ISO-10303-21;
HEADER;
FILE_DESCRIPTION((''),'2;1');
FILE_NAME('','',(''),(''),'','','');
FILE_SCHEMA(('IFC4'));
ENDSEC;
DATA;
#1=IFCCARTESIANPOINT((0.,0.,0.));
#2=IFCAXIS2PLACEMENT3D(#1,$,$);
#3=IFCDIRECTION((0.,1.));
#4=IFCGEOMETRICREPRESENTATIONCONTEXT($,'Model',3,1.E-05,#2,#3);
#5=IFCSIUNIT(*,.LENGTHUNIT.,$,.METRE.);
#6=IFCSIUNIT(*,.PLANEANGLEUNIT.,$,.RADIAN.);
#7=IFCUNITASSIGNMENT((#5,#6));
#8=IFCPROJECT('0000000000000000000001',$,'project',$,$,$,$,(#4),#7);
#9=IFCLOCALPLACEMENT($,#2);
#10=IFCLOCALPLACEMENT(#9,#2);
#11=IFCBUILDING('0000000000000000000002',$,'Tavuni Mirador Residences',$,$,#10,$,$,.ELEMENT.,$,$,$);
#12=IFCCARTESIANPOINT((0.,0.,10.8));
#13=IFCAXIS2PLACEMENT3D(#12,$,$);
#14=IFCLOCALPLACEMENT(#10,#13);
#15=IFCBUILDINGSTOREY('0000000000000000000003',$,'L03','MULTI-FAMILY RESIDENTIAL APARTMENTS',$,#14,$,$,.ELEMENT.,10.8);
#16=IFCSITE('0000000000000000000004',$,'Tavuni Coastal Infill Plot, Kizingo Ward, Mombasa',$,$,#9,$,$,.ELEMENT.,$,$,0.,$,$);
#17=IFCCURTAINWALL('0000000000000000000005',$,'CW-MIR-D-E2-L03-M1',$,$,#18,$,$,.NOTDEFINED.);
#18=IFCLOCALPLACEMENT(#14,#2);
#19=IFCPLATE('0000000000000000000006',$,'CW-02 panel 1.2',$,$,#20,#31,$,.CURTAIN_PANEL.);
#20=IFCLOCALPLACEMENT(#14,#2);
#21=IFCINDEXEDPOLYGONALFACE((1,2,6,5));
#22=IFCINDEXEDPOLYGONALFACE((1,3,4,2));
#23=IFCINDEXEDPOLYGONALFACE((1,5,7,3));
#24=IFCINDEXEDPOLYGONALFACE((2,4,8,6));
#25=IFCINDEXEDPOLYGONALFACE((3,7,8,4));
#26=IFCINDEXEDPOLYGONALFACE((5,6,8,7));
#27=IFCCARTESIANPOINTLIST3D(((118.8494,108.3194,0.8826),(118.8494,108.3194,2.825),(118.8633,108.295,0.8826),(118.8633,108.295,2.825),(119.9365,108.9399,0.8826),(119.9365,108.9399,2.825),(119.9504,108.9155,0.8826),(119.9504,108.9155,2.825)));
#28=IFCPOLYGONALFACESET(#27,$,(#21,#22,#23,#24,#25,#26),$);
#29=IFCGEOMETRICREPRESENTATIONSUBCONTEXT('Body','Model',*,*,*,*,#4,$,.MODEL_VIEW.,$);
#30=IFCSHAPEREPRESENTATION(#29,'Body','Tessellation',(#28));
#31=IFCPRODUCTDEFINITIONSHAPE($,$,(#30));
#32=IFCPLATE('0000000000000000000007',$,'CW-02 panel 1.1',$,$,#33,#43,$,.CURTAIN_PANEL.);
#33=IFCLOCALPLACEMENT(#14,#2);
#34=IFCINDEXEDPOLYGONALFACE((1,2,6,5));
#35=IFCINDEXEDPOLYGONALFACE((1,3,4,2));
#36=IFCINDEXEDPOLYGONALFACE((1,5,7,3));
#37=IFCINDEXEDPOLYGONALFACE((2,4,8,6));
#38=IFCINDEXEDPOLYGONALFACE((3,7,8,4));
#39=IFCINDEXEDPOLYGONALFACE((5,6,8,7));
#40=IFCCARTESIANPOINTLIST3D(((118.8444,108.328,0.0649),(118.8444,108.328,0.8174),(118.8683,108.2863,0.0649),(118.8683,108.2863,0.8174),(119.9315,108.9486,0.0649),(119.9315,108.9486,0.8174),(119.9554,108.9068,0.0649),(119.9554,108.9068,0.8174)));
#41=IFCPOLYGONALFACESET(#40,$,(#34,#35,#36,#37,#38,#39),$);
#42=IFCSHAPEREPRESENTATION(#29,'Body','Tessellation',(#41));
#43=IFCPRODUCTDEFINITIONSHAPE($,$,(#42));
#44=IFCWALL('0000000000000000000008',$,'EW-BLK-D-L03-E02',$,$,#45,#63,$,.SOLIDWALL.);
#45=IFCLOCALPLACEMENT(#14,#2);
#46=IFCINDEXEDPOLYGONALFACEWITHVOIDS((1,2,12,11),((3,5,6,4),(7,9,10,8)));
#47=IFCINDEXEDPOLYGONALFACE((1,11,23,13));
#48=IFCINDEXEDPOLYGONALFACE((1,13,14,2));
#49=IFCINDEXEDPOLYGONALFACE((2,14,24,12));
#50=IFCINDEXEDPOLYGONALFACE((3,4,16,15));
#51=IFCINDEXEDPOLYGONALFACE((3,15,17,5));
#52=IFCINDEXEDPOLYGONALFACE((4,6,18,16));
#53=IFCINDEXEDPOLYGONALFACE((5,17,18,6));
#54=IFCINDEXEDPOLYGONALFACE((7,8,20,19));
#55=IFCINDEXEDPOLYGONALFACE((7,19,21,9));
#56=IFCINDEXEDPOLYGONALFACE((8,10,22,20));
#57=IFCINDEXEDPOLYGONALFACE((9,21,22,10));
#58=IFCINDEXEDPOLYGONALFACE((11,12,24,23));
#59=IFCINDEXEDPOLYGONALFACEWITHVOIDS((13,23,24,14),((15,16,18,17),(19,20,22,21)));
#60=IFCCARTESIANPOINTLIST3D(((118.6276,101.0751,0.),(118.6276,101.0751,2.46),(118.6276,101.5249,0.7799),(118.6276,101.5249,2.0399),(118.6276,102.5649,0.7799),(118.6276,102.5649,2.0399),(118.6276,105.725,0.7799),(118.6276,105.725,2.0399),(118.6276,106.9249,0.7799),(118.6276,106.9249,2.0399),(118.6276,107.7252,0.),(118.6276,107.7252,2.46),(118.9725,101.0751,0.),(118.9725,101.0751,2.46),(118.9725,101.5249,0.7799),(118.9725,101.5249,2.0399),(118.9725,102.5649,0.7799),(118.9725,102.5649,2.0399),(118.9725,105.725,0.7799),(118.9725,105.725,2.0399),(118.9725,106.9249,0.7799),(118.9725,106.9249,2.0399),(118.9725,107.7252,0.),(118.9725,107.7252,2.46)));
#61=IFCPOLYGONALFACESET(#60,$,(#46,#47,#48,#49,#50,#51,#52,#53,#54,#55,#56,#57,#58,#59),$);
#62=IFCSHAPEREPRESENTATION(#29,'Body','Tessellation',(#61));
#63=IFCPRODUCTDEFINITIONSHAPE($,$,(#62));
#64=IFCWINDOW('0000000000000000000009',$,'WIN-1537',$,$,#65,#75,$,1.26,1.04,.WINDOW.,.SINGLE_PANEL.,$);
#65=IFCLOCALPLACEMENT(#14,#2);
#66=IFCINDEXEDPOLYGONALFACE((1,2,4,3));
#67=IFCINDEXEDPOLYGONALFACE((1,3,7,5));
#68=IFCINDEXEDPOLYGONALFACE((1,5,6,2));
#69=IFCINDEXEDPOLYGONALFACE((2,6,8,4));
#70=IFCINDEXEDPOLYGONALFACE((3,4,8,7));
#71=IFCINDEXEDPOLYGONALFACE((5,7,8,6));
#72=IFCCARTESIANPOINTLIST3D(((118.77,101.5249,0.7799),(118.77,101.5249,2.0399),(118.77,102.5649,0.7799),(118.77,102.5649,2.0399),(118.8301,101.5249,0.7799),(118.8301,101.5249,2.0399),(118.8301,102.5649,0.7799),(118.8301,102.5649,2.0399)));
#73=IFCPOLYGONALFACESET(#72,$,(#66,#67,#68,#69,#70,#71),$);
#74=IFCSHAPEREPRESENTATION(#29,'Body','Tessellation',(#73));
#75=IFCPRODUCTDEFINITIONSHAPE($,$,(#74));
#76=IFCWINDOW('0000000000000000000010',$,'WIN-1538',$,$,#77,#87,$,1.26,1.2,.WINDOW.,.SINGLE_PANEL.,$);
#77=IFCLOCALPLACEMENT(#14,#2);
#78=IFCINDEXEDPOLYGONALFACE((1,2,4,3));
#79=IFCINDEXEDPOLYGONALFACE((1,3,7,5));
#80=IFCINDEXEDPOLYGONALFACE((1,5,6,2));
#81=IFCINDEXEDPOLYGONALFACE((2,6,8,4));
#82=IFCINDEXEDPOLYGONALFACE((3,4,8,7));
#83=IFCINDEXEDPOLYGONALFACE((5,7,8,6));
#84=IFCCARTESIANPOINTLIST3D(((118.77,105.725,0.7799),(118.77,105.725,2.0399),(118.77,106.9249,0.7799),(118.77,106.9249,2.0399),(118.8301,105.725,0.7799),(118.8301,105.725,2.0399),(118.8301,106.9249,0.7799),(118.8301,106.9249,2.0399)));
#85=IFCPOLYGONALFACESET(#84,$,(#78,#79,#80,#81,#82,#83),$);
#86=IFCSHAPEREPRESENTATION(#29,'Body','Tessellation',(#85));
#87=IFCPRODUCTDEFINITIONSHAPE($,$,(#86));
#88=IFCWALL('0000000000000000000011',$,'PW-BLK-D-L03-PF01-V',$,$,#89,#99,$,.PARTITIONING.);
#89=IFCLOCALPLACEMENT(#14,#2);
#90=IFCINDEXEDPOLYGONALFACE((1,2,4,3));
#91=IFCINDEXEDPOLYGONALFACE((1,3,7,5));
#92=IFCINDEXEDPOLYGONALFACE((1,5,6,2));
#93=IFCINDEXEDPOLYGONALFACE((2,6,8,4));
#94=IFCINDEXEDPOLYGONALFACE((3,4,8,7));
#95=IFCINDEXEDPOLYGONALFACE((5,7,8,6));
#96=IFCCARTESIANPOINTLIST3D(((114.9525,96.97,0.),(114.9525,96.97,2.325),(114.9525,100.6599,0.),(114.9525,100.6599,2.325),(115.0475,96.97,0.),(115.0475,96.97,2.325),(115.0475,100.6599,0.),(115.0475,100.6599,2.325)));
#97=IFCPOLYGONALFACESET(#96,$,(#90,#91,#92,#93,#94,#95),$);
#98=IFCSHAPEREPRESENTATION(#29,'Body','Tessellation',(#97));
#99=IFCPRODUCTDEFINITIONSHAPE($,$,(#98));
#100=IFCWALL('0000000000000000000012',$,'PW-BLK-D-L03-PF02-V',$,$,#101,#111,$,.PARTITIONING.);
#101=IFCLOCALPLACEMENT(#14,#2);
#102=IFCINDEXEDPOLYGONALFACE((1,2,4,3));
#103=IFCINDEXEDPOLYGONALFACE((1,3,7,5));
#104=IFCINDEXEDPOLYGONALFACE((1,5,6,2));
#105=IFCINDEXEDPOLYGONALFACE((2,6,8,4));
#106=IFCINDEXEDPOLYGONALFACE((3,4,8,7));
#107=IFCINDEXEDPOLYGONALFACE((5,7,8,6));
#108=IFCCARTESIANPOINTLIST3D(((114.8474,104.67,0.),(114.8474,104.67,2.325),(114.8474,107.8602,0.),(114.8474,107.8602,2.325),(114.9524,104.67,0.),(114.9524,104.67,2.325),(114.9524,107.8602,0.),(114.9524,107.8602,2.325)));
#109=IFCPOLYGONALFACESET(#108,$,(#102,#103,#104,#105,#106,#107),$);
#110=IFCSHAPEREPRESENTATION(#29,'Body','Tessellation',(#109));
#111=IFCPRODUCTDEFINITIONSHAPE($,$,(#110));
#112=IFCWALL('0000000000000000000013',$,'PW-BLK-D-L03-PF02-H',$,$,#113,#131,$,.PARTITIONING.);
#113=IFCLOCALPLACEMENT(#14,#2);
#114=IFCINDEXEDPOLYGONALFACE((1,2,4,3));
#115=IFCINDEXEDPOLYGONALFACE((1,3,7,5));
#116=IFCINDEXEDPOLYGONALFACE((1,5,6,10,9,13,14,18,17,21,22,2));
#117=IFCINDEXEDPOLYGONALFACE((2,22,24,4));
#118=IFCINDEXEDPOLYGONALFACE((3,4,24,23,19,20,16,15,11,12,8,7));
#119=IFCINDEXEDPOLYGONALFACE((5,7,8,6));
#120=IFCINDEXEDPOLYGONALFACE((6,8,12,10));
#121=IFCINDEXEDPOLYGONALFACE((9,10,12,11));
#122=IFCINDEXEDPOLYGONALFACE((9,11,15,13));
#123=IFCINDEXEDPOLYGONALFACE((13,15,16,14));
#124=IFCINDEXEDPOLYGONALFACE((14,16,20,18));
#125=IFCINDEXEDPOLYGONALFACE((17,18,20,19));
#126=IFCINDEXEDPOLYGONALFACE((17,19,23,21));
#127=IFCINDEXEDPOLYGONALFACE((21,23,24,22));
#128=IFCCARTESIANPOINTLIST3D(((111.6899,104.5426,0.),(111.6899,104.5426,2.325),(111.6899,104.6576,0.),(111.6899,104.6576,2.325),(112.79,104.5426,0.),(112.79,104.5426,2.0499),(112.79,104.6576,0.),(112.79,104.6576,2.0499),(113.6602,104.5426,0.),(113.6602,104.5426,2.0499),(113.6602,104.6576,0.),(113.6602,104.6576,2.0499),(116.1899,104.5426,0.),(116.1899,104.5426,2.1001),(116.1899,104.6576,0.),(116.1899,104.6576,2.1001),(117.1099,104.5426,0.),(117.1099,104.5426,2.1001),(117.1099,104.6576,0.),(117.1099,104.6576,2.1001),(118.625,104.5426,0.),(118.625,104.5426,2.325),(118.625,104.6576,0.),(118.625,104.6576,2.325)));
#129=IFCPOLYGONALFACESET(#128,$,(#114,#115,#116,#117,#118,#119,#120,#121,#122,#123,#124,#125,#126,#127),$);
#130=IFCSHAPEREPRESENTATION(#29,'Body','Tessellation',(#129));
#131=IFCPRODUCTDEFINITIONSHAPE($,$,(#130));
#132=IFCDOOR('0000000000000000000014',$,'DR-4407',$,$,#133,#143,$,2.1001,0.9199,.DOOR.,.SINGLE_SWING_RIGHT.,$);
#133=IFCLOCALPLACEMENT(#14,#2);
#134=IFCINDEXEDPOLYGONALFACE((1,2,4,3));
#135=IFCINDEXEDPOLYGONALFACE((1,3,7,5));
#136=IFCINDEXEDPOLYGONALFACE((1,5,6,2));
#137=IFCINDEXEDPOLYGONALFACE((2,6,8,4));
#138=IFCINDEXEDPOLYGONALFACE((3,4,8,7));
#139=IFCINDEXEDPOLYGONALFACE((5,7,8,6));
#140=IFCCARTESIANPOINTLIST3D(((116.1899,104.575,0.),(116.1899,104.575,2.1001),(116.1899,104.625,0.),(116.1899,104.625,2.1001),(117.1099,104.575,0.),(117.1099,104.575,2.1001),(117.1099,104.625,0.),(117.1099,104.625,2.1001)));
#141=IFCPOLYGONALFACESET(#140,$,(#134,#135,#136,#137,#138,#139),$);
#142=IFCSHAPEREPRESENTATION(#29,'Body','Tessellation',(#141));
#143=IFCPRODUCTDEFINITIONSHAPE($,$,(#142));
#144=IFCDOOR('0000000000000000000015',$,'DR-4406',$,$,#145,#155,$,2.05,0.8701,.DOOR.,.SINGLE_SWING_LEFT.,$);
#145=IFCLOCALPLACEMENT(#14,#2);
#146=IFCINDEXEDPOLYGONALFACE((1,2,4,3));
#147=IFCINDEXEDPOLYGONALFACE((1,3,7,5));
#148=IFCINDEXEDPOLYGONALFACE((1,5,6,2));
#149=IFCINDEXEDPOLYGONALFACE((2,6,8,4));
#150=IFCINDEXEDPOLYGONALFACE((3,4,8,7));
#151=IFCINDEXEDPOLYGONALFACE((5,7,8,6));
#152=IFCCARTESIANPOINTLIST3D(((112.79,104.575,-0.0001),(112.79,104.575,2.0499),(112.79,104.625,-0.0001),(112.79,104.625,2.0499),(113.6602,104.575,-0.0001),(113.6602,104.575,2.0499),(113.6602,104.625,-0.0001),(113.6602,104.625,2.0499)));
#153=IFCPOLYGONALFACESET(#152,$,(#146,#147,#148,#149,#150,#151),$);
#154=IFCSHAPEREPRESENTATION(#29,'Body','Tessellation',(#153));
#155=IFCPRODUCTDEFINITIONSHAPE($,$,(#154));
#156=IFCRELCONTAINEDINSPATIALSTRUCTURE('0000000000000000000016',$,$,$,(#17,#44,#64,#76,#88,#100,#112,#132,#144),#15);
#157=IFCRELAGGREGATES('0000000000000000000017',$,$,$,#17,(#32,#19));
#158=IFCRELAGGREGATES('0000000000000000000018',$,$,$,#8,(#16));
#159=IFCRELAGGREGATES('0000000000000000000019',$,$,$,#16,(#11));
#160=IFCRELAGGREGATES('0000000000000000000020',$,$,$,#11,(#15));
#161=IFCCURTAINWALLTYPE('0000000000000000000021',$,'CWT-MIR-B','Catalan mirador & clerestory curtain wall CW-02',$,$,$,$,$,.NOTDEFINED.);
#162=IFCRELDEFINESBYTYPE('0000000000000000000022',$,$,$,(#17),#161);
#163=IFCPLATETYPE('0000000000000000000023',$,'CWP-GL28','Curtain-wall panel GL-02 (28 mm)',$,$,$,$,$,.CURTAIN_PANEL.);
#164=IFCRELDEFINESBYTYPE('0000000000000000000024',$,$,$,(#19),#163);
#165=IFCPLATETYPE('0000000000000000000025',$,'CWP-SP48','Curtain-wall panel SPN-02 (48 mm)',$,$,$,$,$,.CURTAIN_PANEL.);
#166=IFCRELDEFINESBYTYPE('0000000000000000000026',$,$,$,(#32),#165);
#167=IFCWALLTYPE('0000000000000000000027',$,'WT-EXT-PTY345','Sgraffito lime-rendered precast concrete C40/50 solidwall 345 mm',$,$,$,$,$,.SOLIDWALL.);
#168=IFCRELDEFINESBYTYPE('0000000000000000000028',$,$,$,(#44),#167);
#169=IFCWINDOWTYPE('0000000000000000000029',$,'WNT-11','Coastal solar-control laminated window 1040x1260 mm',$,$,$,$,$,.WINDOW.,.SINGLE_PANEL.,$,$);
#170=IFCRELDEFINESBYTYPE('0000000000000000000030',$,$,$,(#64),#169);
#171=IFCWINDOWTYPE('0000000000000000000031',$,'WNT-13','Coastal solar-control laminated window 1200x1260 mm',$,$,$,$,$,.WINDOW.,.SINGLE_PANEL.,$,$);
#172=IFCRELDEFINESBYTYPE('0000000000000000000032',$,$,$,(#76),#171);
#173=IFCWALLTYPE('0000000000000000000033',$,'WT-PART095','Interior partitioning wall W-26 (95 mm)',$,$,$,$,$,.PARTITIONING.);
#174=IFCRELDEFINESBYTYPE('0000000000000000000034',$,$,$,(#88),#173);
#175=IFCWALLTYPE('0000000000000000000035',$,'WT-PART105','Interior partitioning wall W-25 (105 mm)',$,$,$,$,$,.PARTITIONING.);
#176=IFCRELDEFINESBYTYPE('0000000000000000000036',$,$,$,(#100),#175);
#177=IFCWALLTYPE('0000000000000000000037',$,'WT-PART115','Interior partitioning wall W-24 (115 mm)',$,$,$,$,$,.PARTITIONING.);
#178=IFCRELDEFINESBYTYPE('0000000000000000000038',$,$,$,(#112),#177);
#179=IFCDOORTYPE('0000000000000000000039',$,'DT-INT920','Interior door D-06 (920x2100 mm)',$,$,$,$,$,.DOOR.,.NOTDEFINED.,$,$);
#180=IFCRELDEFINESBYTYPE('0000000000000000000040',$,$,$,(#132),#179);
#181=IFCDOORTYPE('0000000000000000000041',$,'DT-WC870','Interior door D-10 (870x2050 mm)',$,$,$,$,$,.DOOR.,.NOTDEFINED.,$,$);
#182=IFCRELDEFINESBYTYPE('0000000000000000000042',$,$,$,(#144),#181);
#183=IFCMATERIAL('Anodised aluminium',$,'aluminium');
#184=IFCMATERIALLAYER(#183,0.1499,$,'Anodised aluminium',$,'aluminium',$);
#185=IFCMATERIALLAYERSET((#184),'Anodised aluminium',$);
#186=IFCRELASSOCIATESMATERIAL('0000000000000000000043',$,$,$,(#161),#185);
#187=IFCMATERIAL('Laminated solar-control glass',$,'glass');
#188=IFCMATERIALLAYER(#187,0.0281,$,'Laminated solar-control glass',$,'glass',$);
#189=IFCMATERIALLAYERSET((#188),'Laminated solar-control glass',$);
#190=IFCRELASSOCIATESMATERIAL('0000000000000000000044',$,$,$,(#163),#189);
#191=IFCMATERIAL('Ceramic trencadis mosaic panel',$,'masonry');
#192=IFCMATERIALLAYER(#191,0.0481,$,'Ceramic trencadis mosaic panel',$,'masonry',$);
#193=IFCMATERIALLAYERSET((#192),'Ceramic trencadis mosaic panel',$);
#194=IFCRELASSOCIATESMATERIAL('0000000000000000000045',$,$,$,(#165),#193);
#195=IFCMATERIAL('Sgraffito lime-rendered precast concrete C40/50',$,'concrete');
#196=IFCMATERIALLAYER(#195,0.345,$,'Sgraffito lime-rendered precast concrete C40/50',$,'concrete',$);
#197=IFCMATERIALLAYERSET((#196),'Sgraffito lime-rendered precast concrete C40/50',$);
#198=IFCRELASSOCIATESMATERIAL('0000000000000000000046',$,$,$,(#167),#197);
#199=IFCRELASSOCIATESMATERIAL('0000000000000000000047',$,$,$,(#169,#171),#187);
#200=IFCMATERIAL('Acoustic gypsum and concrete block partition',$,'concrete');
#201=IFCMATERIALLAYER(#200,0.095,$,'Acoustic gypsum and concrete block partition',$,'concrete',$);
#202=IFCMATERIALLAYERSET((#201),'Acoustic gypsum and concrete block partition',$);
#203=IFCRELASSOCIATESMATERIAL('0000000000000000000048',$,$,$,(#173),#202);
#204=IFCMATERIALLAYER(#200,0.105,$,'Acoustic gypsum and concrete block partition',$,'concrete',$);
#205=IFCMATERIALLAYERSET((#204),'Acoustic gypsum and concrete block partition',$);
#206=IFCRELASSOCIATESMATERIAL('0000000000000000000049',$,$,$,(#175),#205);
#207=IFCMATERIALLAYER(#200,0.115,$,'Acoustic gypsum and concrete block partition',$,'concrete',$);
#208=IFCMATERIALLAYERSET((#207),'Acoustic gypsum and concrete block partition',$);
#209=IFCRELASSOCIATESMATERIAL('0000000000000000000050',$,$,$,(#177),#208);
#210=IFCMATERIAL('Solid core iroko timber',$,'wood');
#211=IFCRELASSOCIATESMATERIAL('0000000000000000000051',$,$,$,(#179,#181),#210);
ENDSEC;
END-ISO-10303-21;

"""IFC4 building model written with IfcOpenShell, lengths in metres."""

from ifc_helpers import new_model, si_unit, direction, frame, frame_2d, origin, origin_2d, place, context, subcontext, project, spatial, rectangle, extrude, material, layer, layer_set, type_object, element, fill, aggregate, save


model = new_model("IFC4")

# Units and contexts
model_context = context("Model", 3, precision=1e-05, world=origin(), true_north=direction((0.0, 1.0)))
body_context = subcontext(model_context, "Body", "Model", "MODEL_VIEW")
ifc_project = project(units=[si_unit("LENGTHUNIT", "METRE"), si_unit("PLANEANGLEUNIT", "RADIAN")], contexts=[model_context])

# Site, building, storey
site_placement = place(None, origin())
site = spatial("IfcSite", under=ifc_project, at=site_placement, Name="Tavuni Coastal Infill Plot, Kizingo Ward, Mombasa", CompositionType="ELEMENT", RefElevation=0.0)
building_placement = place(site_placement, origin())
building = spatial("IfcBuilding", under=site, at=building_placement, Name="Tavuni Mirador Residences", CompositionType="ELEMENT")
storey_placement = place(building_placement, frame((0.0, 0.0, 10.8)))
storey = spatial("IfcBuildingStorey", under=building, at=storey_placement, Name="L03", Description="MULTI-FAMILY RESIDENTIAL APARTMENTS", CompositionType="ELEMENT", Elevation=10.8)

# Curtain wall
ifc_material_1 = material(Name="Anodised aluminium", Category="aluminium")
ifc_layer_1 = layer(ifc_material_1, 0.1499, Name="Anodised aluminium", Category="aluminium")
ifc_layer_set_1 = layer_set([ifc_layer_1], Name="Anodised aluminium")
curtain_wall_type = type_object("IfcCurtainWallType", Name="CWT-MIR-B", Description="Catalan mirador & clerestory curtain wall CW-02", PredefinedType="NOTDEFINED", material=ifc_layer_set_1)
curtain_wall_placement = place(storey_placement, origin())
curtain_wall = element("IfcCurtainWall", 1, at=curtain_wall_placement, inside=storey, type_object=curtain_wall_type, Name="CW-MIR-D-E2-L03-M1", PredefinedType="NOTDEFINED")

# Plates
ifc_material_2 = material(Name="Laminated solar-control glass", Category="glass")
ifc_layer_2 = layer(ifc_material_2, 0.0281, Name="Laminated solar-control glass", Category="glass")
ifc_layer_set_2 = layer_set([ifc_layer_2], Name="Laminated solar-control glass")
plate_type_1 = type_object("IfcPlateType", Name="CWP-GL28", Description="Curtain-wall panel GL-02 (28 mm)", PredefinedType="CURTAIN_PANEL", material=ifc_layer_set_2)
plate_1_placement = place(storey_placement, frame((119.3999, 108.6174, 0.8826), z_axis=(0.0, 0.0, 1.0), x_axis=(0.868466, 0.495749, 0.0)))
plate_1 = element("IfcPlate", 2, at=plate_1_placement, type_object=plate_type_1, Name="CW-02 panel 1.2", PredefinedType="CURTAIN_PANEL", context=body_context, shape_type="SweptSolid", body=[
    extrude(rectangle(XDim=1.2517, YDim=0.0281, at=origin_2d()), origin(), (0.0, 0.0, 1.0), 1.9424),
])
ifc_material_3 = material(Name="Ceramic trencadis mosaic panel", Category="masonry")
ifc_layer_3 = layer(ifc_material_3, 0.0481, Name="Ceramic trencadis mosaic panel", Category="masonry")
ifc_layer_set_3 = layer_set([ifc_layer_3], Name="Ceramic trencadis mosaic panel")
plate_type_2 = type_object("IfcPlateType", Name="CWP-SP48", Description="Curtain-wall panel SPN-02 (48 mm)", PredefinedType="CURTAIN_PANEL", material=ifc_layer_set_3)
plate_2_placement = place(storey_placement, frame((119.3999, 108.6174, 0.0649), z_axis=(0.0, 0.0, 1.0), x_axis=(0.868466, 0.495749, 0.0)))
plate_2 = element("IfcPlate", 3, at=plate_2_placement, type_object=plate_type_2, Name="CW-02 panel 1.1", PredefinedType="CURTAIN_PANEL", context=body_context, shape_type="SweptSolid", body=[
    extrude(rectangle(XDim=1.2517, YDim=0.0481, at=origin_2d()), origin(), (0.0, 0.0, 1.0), 0.7524),
])
aggregate(curtain_wall, [plate_2, plate_1])

# Wall, openings, windows
ifc_material_4 = material(Name="Sgraffito lime-rendered precast concrete C40/50", Category="concrete")
ifc_layer_4 = layer(ifc_material_4, 0.345, Name="Sgraffito lime-rendered precast concrete C40/50", Category="concrete")
ifc_layer_set_4 = layer_set([ifc_layer_4], Name="Sgraffito lime-rendered precast concrete C40/50")
wall_type_1 = type_object("IfcWallType", Name="WT-EXT-PTY345", Description="Sgraffito lime-rendered precast concrete C40/50 solidwall 345 mm", PredefinedType="SOLIDWALL", material=ifc_layer_set_4)
wall_1_placement = place(storey_placement, frame((118.8, 101.075, 0.0), z_axis=(0.0, 0.0, 1.0), x_axis=(0.0, 1.0, 0.0)))
wall_1 = element("IfcWall", 4, at=wall_1_placement, inside=storey, type_object=wall_type_1, Name="EW-BLK-D-L03-E02", PredefinedType="SOLIDWALL", context=body_context, shape_type="SweptSolid", body=[
    extrude(rectangle(XDim=6.6501, YDim=0.345, at=frame_2d((3.3252, 0.0))), origin(), (0.0, 0.0, 1.0), 2.46),
])
opening_1_placement = place(wall_1_placement, frame((0.45, 0.0, 0.78)))
opening_1 = element("IfcOpeningElement", 5, at=opening_1_placement, cuts=wall_1, PredefinedType="OPENING", context=body_context, shape_type="SweptSolid", body=[
    extrude(rectangle(XDim=1.04, YDim=1.26, at=frame_2d((0.52, 0.6299))), frame((0.0, 0.1826, 0.0), z_axis=(0.0, -1.0, 0.0), x_axis=(1.0, 0.0, 0.0)), (0.0, 0.0, 1.0), 0.365),
])
opening_2_placement = place(wall_1_placement, frame((4.6499, 0.0, 0.78)))
opening_2 = element("IfcOpeningElement", 6, at=opening_2_placement, cuts=wall_1, PredefinedType="OPENING", context=body_context, shape_type="SweptSolid", body=[
    extrude(rectangle(XDim=1.2, YDim=1.26, at=frame_2d((0.6001, 0.6299))), frame((0.0, 0.1826, 0.0), z_axis=(0.0, -1.0, 0.0), x_axis=(1.0, 0.0, 0.0)), (0.0, 0.0, 1.0), 0.365),
])
window_type_1 = type_object("IfcWindowType", Name="WNT-11", Description="Coastal solar-control laminated window 1040x1260 mm", PartitioningType="SINGLE_PANEL", PredefinedType="WINDOW", material=ifc_material_2)
window_1_placement = place(opening_1_placement, origin())
window_1 = element("IfcWindow", 7, at=window_1_placement, inside=storey, type_object=window_type_1, Name="WIN-1537", OverallHeight=1.26, OverallWidth=1.04, PartitioningType="SINGLE_PANEL", PredefinedType="WINDOW", context=body_context, shape_type="SweptSolid", body=[
    extrude(rectangle(XDim=1.04, YDim=1.26, at=frame_2d((0.52, 0.6299))), frame((0.0, 0.03, 0.0), z_axis=(0.0, -1.0, 0.0), x_axis=(1.0, 0.0, 0.0)), (0.0, 0.0, 1.0), 0.0601),
])
fill(opening_1, window_1)
window_type_2 = type_object("IfcWindowType", Name="WNT-13", Description="Coastal solar-control laminated window 1200x1260 mm", PartitioningType="SINGLE_PANEL", PredefinedType="WINDOW", material=ifc_material_2)
window_2_placement = place(opening_2_placement, origin())
window_2 = element("IfcWindow", 8, at=window_2_placement, inside=storey, type_object=window_type_2, Name="WIN-1538", OverallHeight=1.26, OverallWidth=1.2, PartitioningType="SINGLE_PANEL", PredefinedType="WINDOW", context=body_context, shape_type="SweptSolid", body=[
    extrude(rectangle(XDim=1.2, YDim=1.26, at=frame_2d((0.6001, 0.6299))), frame((0.0, 0.03, 0.0), z_axis=(0.0, -1.0, 0.0), x_axis=(1.0, 0.0, 0.0)), (0.0, 0.0, 1.0), 0.0601),
])
fill(opening_2, window_2)

# Walls
ifc_material_5 = material(Name="Acoustic gypsum and concrete block partition", Category="concrete")
ifc_layer_5 = layer(ifc_material_5, 0.095, Name="Acoustic gypsum and concrete block partition", Category="concrete")
ifc_layer_set_5 = layer_set([ifc_layer_5], Name="Acoustic gypsum and concrete block partition")
wall_type_2 = type_object("IfcWallType", Name="WT-PART095", Description="Interior partitioning wall W-26 (95 mm)", PredefinedType="PARTITIONING", material=ifc_layer_set_5)
wall_2_placement = place(storey_placement, frame((115.0, 96.97, 0.0), z_axis=(0.0, 0.0, 1.0), x_axis=(0.0, 1.0, 0.0)))
element("IfcWall", 9, at=wall_2_placement, inside=storey, type_object=wall_type_2, Name="PW-BLK-D-L03-PF01-V", PredefinedType="PARTITIONING", context=body_context, shape_type="SweptSolid", body=[
    extrude(rectangle(XDim=3.6899, YDim=0.095, at=frame_2d((1.845, 0.0))), origin(), (0.0, 0.0, 1.0), 2.325),
])
ifc_layer_6 = layer(ifc_material_5, 0.105, Name="Acoustic gypsum and concrete block partition", Category="concrete")
ifc_layer_set_6 = layer_set([ifc_layer_6], Name="Acoustic gypsum and concrete block partition")
wall_type_3 = type_object("IfcWallType", Name="WT-PART105", Description="Interior partitioning wall W-25 (105 mm)", PredefinedType="PARTITIONING", material=ifc_layer_set_6)
wall_3_placement = place(storey_placement, frame((114.8999, 104.6699, 0.0), z_axis=(0.0, 0.0, 1.0), x_axis=(0.0, 1.0, 0.0)))
element("IfcWall", 10, at=wall_3_placement, inside=storey, type_object=wall_type_3, Name="PW-BLK-D-L03-PF02-V", PredefinedType="PARTITIONING", context=body_context, shape_type="SweptSolid", body=[
    extrude(rectangle(XDim=3.1902, YDim=0.105, at=frame_2d((1.5952, 0.0))), origin(), (0.0, 0.0, 1.0), 2.325),
])

# Wall, openings, doors
ifc_layer_7 = layer(ifc_material_5, 0.115, Name="Acoustic gypsum and concrete block partition", Category="concrete")
ifc_layer_set_7 = layer_set([ifc_layer_7], Name="Acoustic gypsum and concrete block partition")
wall_type_4 = type_object("IfcWallType", Name="WT-PART115", Description="Interior partitioning wall W-24 (115 mm)", PredefinedType="PARTITIONING", material=ifc_layer_set_7)
wall_4_placement = place(storey_placement, frame((111.6899, 104.6001, 0.0), z_axis=(0.0, 0.0, 1.0), x_axis=(1.0, 0.0, 0.0)))
wall_4 = element("IfcWall", 11, at=wall_4_placement, inside=storey, type_object=wall_type_4, Name="PW-BLK-D-L03-PF02-H", PredefinedType="PARTITIONING", context=body_context, shape_type="SweptSolid", body=[
    extrude(rectangle(XDim=6.9351, YDim=0.115, at=frame_2d((3.4675, 0.0))), origin(), (0.0, 0.0, 1.0), 2.325),
])
opening_3_placement = place(wall_4_placement, frame((1.1001, 0.0, 0.0)))
opening_3 = element("IfcOpeningElement", 12, at=opening_3_placement, cuts=wall_4, PredefinedType="OPENING", context=body_context, shape_type="SweptSolid", body=[
    extrude(rectangle(XDim=0.8701, YDim=2.05, at=frame_2d((0.4351, 1.0249))), frame((0.0, 0.0674, 0.0), z_axis=(0.0, -1.0, 0.0), x_axis=(1.0, 0.0, 0.0)), (0.0, 0.0, 1.0), 0.135),
])
opening_4_placement = place(wall_4_placement, frame((4.5, 0.0, 0.0)))
opening_4 = element("IfcOpeningElement", 13, at=opening_4_placement, cuts=wall_4, PredefinedType="OPENING", context=body_context, shape_type="SweptSolid", body=[
    extrude(rectangle(XDim=0.9199, YDim=2.1001, at=frame_2d((0.46, 1.05))), frame((0.0, 0.0674, 0.0), z_axis=(0.0, -1.0, 0.0), x_axis=(1.0, 0.0, 0.0)), (0.0, 0.0, 1.0), 0.135),
])
ifc_material_6 = material(Name="Solid core iroko timber", Category="wood")
door_type_1 = type_object("IfcDoorType", Name="DT-INT920", Description="Interior door D-06 (920x2100 mm)", OperationType="NOTDEFINED", PredefinedType="DOOR", material=ifc_material_6)
door_1_placement = place(opening_4_placement, origin())
door_1 = element("IfcDoor", 14, at=door_1_placement, inside=storey, type_object=door_type_1, Name="DR-4407", OperationType="SINGLE_SWING_RIGHT", OverallHeight=2.1001, OverallWidth=0.9199, PredefinedType="DOOR", context=body_context, shape_type="SweptSolid", body=[
    extrude(rectangle(XDim=0.9199, YDim=2.1001, at=frame_2d((0.46, 1.05))), frame((0.0, 0.0249, 0.0), z_axis=(0.0, -1.0, 0.0), x_axis=(1.0, 0.0, 0.0)), (0.0, 0.0, 1.0), 0.05),
])
fill(opening_4, door_1)
door_type_2 = type_object("IfcDoorType", Name="DT-WC870", Description="Interior door D-10 (870x2050 mm)", OperationType="NOTDEFINED", PredefinedType="DOOR", material=ifc_material_6)
door_2_placement = place(opening_3_placement, origin())
door_2 = element("IfcDoor", 15, at=door_2_placement, inside=storey, type_object=door_type_2, Name="DR-4406", OperationType="SINGLE_SWING_LEFT", OverallHeight=2.05, OverallWidth=0.8701, PredefinedType="DOOR", context=body_context, shape_type="SweptSolid", body=[
    extrude(rectangle(XDim=0.8701, YDim=2.05, at=frame_2d((0.4351, 1.0249))), frame((0.0, 0.0249, 0.0), z_axis=(0.0, -1.0, 0.0), x_axis=(1.0, 0.0, 0.0)), (0.0, 0.0, 1.0), 0.05),
])
fill(opening_3, door_2)

save(model, "model.ifc")
